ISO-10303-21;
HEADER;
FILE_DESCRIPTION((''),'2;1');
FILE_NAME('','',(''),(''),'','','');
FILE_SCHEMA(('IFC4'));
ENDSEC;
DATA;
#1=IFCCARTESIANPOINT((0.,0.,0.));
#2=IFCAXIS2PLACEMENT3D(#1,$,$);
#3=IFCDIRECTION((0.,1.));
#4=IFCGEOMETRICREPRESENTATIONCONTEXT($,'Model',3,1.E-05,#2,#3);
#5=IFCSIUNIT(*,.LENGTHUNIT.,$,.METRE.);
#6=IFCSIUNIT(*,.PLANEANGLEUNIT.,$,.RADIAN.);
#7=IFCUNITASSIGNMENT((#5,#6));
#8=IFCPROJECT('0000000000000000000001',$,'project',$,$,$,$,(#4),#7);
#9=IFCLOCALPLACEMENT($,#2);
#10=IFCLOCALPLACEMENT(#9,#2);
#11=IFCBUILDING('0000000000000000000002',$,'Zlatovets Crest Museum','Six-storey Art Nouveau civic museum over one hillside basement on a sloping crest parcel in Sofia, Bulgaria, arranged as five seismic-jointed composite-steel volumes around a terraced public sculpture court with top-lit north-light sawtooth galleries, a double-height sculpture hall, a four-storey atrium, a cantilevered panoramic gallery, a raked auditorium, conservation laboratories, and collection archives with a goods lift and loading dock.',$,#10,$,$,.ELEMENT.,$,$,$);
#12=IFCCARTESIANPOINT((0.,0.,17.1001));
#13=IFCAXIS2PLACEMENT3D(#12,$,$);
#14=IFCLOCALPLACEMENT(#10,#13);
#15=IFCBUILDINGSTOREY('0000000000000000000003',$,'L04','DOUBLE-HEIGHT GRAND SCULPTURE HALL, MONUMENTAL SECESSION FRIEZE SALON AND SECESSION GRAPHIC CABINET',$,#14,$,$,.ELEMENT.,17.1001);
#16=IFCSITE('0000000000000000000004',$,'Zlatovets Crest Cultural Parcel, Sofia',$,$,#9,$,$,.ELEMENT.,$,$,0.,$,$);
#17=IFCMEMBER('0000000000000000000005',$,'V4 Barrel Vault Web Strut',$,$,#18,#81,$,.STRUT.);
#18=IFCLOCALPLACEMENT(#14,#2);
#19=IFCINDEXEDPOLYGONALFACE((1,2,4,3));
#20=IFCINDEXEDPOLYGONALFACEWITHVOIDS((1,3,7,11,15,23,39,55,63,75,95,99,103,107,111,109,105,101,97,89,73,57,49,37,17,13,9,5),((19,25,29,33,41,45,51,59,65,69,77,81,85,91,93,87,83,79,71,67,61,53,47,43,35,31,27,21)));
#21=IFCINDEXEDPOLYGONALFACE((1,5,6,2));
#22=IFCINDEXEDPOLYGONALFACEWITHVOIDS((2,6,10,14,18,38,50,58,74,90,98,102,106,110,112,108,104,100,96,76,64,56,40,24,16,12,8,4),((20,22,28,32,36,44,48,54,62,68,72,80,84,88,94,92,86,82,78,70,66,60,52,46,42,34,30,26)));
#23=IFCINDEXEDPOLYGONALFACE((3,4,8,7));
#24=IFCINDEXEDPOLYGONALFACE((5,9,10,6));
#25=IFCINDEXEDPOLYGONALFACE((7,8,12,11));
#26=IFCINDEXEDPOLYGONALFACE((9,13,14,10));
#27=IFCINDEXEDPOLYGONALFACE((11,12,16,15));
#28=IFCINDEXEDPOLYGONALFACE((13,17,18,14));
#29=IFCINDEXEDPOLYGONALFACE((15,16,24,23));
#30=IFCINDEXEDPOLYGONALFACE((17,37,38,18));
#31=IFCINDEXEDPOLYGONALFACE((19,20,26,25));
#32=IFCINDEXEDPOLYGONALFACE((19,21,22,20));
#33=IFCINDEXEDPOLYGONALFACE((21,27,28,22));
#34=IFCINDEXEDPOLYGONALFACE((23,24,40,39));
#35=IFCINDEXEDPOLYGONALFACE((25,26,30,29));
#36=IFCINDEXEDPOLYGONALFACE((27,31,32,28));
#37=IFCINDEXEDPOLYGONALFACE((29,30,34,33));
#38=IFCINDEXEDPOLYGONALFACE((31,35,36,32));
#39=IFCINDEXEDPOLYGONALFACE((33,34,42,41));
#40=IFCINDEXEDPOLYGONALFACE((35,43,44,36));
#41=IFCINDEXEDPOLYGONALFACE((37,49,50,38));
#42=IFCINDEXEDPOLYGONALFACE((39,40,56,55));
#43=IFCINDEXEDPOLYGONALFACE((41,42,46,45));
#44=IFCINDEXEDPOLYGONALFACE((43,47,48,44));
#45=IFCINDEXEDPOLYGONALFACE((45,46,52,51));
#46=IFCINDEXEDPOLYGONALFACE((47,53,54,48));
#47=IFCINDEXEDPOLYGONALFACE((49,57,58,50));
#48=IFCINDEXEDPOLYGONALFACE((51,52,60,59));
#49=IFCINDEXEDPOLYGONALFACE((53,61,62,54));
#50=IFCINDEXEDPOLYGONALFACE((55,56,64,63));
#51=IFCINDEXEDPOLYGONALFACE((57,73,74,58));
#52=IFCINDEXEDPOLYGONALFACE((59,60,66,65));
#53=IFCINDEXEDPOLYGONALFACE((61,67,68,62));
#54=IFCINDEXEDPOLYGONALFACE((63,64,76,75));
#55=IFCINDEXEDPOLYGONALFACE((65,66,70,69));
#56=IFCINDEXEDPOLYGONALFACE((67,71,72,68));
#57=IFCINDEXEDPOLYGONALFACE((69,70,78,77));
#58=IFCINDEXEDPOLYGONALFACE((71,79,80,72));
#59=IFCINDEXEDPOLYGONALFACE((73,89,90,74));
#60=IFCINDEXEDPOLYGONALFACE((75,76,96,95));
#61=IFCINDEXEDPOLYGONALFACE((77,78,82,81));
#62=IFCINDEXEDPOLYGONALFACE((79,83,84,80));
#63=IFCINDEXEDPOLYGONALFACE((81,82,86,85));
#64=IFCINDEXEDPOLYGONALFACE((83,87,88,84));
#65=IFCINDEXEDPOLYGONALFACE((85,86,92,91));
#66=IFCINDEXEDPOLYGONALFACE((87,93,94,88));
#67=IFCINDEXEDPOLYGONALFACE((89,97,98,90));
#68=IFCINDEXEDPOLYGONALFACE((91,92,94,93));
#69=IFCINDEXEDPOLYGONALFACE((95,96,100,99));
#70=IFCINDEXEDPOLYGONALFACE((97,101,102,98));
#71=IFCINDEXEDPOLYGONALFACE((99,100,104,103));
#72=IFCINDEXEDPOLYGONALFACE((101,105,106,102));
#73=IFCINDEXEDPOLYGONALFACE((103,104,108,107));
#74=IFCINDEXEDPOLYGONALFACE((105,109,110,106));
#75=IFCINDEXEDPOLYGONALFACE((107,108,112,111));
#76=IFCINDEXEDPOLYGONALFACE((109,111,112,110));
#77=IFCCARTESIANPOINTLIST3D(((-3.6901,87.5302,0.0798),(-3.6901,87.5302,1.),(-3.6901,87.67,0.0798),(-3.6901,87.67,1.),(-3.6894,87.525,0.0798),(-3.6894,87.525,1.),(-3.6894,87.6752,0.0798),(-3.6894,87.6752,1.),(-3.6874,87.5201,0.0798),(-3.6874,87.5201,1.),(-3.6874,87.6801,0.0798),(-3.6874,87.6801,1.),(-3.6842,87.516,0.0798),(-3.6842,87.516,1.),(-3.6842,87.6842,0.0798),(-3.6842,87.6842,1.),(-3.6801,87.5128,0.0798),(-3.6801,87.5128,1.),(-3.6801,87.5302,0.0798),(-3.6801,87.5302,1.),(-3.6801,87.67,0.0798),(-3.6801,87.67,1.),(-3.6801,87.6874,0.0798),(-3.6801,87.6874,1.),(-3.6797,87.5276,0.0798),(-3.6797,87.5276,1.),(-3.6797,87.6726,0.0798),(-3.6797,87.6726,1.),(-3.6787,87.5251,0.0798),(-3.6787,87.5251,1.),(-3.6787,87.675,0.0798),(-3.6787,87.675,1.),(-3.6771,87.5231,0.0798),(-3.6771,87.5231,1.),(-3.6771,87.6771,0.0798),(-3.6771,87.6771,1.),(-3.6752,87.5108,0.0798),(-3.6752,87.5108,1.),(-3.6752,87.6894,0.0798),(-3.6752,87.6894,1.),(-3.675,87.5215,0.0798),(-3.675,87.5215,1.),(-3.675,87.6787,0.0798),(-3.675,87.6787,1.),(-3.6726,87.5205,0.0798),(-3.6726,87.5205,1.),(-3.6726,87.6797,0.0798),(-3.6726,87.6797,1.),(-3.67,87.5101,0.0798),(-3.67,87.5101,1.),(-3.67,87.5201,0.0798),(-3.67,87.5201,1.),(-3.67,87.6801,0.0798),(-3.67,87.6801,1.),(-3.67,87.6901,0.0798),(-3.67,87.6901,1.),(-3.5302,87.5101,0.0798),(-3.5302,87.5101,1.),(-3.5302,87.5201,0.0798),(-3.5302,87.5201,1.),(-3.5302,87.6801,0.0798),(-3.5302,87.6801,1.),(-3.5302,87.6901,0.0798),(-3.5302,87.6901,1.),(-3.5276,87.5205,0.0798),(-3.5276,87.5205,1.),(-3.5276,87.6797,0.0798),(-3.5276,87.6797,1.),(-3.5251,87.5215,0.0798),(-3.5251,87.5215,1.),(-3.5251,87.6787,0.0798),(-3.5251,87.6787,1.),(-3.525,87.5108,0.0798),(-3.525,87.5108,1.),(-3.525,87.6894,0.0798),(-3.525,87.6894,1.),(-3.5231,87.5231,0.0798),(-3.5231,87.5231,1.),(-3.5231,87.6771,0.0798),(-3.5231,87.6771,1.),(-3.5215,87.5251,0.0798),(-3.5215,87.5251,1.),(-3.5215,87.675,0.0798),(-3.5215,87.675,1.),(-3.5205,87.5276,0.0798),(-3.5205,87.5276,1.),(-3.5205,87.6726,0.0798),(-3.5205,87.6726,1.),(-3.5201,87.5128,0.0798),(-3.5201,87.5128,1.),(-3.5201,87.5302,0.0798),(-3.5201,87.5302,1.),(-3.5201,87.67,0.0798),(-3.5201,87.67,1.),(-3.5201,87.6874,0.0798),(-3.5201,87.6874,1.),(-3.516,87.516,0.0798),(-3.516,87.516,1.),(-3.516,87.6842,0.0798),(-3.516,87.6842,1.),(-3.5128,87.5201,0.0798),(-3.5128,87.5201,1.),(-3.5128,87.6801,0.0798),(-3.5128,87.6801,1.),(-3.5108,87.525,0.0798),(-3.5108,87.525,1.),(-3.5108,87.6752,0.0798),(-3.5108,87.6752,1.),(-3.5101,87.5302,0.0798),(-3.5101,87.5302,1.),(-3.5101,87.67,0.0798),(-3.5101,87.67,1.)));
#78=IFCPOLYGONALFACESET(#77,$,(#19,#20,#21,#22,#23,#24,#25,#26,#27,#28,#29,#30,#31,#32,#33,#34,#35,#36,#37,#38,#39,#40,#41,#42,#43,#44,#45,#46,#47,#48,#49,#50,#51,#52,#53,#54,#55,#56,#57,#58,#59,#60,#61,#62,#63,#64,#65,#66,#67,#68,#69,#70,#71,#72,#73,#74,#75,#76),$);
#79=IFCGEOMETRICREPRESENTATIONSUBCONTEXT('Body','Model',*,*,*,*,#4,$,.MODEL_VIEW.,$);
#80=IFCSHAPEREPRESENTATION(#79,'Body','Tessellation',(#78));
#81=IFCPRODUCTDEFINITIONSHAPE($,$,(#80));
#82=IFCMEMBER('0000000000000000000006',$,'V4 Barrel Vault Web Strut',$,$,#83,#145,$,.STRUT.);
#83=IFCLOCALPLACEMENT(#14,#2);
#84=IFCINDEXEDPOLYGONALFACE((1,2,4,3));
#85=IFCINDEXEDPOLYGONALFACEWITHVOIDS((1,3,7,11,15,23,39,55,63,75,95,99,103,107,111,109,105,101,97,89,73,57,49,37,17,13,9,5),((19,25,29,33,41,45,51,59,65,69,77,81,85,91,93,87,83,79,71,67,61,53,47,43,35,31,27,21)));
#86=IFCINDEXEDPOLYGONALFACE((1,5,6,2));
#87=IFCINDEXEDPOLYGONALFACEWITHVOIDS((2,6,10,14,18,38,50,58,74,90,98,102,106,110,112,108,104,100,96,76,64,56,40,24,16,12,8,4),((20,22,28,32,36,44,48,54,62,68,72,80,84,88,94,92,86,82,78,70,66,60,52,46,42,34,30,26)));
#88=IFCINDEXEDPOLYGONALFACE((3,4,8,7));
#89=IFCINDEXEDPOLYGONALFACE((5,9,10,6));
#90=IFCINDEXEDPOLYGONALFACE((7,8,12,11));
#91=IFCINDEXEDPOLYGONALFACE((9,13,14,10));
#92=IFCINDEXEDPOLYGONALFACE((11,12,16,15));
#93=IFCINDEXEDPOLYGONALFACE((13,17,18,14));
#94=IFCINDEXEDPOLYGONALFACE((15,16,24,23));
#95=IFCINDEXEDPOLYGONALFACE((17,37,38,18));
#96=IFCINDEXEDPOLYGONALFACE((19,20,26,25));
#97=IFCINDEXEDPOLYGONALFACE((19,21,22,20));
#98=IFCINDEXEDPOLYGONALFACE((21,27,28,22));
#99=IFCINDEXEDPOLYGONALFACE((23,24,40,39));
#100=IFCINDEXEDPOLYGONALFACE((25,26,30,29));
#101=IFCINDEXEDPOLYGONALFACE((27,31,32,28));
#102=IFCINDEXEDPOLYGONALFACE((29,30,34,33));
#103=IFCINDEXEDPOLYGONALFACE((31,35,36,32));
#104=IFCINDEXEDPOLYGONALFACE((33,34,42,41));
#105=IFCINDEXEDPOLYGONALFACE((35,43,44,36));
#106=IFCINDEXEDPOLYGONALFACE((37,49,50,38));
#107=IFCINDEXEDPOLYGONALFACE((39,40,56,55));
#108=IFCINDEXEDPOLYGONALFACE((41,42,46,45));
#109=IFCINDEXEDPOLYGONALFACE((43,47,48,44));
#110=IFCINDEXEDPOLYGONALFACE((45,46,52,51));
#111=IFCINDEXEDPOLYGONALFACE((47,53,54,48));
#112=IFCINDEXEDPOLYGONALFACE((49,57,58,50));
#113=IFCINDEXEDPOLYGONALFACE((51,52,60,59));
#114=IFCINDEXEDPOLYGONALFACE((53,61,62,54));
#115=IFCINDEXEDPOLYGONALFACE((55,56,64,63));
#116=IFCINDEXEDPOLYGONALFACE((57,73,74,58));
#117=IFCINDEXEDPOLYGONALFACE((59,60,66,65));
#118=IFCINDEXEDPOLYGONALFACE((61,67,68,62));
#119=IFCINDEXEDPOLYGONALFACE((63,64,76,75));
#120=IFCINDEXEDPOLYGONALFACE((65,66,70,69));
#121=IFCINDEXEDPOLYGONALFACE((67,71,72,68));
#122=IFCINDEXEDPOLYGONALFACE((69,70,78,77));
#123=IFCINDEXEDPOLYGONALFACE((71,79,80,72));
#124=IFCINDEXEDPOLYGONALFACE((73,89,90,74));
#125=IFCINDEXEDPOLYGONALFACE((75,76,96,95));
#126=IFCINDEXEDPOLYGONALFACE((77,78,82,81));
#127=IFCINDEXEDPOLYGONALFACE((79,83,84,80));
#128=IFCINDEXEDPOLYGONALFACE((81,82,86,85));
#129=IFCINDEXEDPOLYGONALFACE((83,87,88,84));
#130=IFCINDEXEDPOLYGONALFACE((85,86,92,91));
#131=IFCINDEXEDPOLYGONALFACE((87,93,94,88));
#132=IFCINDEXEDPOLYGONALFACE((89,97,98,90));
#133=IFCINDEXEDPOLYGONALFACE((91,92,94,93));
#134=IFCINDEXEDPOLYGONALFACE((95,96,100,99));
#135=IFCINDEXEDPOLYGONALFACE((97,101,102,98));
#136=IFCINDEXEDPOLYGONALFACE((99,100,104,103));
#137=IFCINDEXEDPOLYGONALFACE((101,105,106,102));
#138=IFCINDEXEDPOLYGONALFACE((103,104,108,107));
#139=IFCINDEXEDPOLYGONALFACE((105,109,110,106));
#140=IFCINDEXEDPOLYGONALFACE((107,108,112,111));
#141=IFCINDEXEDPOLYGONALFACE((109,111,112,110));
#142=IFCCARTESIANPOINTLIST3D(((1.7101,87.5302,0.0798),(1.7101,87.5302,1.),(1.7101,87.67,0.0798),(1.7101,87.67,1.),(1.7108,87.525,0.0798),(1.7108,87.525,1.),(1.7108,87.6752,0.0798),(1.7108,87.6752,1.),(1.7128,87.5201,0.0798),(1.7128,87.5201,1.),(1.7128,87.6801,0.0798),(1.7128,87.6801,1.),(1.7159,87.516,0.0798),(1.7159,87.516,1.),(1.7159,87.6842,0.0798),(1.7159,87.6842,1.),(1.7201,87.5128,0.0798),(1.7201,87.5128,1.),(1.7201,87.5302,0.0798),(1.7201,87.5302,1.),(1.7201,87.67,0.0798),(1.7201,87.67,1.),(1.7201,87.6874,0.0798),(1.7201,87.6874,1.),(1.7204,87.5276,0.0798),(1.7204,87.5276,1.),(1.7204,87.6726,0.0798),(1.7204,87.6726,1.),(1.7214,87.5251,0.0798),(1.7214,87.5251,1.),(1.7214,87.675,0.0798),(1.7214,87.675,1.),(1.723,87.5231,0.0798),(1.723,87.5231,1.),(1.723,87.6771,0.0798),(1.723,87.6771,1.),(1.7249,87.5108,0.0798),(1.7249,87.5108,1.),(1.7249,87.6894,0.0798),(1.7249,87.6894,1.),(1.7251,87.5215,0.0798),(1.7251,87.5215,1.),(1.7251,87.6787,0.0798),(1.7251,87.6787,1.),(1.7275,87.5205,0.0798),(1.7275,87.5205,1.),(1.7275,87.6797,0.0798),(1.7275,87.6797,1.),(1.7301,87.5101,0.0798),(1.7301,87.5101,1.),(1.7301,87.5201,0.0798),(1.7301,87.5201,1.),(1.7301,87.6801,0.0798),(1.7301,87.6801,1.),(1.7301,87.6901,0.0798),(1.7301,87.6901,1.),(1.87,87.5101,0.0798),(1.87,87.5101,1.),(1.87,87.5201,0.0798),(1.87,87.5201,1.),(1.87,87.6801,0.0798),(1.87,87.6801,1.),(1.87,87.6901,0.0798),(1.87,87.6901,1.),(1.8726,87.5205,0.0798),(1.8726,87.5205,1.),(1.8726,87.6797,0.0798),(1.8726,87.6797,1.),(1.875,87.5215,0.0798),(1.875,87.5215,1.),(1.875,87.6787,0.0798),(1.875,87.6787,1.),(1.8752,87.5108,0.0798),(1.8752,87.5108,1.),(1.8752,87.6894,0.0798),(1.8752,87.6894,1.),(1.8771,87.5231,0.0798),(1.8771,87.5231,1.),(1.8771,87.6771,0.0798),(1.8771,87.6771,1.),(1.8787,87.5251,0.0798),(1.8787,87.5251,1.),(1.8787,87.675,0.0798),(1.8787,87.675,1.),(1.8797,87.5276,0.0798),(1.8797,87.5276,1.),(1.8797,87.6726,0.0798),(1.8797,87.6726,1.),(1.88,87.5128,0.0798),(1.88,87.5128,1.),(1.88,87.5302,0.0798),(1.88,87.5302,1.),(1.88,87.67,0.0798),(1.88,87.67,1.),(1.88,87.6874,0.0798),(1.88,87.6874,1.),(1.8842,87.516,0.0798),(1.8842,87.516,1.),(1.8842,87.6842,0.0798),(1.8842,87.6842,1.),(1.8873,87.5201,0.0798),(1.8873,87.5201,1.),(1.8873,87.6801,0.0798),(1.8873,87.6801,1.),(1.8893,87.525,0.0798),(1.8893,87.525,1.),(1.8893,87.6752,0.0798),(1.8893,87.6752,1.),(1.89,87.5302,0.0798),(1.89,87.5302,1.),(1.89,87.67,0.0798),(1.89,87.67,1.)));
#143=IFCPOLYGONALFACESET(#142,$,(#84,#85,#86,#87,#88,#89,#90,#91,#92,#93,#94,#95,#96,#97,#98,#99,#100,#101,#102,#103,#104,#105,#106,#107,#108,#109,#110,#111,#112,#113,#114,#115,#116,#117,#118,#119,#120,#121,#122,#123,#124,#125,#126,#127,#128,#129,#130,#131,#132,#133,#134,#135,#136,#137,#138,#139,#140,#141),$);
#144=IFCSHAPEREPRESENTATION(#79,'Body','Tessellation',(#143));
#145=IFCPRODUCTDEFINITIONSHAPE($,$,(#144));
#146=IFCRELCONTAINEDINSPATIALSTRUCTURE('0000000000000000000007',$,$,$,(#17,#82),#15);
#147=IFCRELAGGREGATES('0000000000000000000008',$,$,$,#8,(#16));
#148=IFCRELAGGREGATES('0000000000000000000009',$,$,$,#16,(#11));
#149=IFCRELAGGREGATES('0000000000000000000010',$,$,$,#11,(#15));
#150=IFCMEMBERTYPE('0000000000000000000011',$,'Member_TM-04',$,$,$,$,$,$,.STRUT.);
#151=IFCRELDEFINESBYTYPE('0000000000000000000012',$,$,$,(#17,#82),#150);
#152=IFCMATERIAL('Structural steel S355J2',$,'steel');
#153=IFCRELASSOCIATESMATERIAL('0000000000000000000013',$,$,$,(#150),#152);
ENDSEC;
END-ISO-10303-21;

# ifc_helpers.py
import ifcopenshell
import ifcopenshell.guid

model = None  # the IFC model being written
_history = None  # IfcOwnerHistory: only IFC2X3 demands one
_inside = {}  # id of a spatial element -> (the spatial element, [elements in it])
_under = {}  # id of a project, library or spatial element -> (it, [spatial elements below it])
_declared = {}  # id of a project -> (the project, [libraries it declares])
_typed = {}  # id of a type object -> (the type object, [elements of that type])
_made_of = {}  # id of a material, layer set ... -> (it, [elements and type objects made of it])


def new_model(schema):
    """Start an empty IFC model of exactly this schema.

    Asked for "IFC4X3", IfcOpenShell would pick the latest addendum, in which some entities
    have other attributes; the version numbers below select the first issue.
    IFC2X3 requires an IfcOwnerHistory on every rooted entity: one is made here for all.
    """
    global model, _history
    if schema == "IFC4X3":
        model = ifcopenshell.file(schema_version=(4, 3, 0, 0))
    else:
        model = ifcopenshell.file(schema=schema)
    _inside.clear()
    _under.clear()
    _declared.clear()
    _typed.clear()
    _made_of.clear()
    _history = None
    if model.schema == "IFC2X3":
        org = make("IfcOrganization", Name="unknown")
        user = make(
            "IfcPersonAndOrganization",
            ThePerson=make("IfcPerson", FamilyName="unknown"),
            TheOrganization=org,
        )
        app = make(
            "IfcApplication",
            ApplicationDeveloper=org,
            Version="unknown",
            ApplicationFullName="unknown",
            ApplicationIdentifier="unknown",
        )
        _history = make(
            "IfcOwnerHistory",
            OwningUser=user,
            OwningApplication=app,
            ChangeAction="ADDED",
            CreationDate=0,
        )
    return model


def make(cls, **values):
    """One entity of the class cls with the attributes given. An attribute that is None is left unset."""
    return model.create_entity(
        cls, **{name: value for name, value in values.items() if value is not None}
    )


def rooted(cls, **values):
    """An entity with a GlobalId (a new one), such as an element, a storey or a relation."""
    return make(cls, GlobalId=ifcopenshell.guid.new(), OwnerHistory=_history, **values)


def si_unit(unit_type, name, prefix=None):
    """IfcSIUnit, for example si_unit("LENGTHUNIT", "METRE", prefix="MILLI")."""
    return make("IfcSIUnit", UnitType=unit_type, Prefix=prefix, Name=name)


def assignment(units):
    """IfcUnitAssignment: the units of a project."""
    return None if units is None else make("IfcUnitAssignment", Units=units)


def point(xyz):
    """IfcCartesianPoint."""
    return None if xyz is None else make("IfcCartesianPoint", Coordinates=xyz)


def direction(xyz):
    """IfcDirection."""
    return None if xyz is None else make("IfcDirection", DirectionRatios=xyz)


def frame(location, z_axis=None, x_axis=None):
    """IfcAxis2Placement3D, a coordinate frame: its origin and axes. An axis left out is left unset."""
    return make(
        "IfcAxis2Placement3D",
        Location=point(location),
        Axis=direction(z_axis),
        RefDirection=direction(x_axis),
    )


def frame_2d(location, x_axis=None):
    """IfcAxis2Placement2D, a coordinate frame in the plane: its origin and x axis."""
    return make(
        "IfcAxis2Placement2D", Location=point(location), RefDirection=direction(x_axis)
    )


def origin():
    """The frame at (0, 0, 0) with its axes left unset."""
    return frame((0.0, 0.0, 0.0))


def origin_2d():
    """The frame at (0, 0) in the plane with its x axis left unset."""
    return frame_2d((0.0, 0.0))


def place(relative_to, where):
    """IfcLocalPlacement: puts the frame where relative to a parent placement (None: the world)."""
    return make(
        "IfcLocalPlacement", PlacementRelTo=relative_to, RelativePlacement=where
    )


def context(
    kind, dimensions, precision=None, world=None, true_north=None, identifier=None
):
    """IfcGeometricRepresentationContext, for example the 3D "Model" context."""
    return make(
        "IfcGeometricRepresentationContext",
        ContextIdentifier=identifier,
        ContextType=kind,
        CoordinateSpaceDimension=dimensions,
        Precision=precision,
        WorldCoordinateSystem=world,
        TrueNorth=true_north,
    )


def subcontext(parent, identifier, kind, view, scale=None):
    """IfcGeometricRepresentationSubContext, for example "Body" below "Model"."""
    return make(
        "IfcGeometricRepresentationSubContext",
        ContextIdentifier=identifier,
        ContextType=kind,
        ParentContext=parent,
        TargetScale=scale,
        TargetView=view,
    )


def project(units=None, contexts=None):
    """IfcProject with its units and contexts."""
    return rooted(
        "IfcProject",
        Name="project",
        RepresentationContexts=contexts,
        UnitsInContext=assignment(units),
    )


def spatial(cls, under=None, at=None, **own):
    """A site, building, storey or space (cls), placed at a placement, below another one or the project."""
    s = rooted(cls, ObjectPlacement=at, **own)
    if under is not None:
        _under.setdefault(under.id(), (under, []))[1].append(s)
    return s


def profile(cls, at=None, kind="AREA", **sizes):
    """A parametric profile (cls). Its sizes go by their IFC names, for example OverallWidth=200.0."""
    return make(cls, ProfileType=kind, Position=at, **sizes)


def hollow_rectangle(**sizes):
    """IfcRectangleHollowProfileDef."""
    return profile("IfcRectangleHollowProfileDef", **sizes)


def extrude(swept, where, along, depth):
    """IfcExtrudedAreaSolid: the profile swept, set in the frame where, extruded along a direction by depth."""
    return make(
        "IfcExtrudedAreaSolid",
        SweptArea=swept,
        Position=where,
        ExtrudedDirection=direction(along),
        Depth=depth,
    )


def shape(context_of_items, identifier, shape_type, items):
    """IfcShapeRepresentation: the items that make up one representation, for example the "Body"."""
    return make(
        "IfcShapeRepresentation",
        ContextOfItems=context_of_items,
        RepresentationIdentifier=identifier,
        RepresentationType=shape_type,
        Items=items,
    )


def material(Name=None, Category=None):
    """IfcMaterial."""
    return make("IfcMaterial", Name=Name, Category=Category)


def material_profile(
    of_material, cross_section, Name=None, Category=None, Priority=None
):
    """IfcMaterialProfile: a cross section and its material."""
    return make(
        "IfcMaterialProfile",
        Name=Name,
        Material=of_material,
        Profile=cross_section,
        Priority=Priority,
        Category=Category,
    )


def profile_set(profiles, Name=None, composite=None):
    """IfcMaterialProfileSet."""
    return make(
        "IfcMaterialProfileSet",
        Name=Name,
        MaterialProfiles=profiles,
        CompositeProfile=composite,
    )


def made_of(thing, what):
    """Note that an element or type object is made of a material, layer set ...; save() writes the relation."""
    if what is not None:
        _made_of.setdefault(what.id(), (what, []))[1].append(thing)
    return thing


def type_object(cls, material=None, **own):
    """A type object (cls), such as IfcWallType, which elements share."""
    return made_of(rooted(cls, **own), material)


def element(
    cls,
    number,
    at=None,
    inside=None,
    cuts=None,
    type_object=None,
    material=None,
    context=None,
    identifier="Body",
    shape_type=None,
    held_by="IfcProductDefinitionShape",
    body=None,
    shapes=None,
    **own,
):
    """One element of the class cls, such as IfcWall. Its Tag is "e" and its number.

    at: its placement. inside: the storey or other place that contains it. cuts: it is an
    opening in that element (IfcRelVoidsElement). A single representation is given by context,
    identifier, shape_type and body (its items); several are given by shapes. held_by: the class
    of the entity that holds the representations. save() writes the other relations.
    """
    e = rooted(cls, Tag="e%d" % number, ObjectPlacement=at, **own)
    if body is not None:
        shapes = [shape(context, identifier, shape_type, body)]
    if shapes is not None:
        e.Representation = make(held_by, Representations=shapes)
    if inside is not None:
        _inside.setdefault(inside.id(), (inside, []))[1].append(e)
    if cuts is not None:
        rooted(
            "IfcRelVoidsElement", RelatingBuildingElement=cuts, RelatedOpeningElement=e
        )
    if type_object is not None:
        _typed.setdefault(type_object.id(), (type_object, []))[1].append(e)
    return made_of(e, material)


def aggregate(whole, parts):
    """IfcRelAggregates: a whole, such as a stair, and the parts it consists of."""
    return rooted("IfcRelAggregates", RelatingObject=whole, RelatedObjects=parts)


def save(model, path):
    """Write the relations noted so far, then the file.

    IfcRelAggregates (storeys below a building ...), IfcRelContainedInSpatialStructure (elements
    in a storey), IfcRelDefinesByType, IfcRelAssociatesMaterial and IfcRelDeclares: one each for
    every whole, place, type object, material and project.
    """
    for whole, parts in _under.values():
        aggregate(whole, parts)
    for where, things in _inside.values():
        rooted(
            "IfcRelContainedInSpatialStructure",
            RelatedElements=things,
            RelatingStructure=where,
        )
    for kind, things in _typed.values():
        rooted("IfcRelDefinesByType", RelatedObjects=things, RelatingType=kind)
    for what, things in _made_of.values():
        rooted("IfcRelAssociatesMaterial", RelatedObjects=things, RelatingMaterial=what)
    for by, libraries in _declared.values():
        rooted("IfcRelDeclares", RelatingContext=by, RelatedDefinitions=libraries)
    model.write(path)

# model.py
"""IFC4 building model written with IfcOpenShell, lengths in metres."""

from ifc_helpers import new_model, si_unit, direction, frame, origin, origin_2d, place, context, subcontext, project, spatial, hollow_rectangle, extrude, material, material_profile, profile_set, type_object, element, save


model = new_model("IFC4")

# Units and contexts
model_context = context("Model", 3, precision=1e-05, world=origin(), true_north=direction((0.0, 1.0)))
body_context = subcontext(model_context, "Body", "Model", "MODEL_VIEW")
ifc_project = project(units=[si_unit("LENGTHUNIT", "METRE"), si_unit("PLANEANGLEUNIT", "RADIAN")], contexts=[model_context])

# Site, building, storey
site_placement = place(None, origin())
site = spatial("IfcSite", under=ifc_project, at=site_placement, Name="Zlatovets Crest Cultural Parcel, Sofia", CompositionType="ELEMENT", RefElevation=0.0)
building_placement = place(site_placement, origin())
building = spatial("IfcBuilding", under=site, at=building_placement, Name="Zlatovets Crest Museum", Description="Six-storey Art Nouveau civic museum over one hillside basement on a sloping crest parcel in Sofia, Bulgaria, arranged as five seismic-jointed composite-steel volumes around a terraced public sculpture court with top-lit north-light sawtooth galleries, a double-height sculpture hall, a four-storey atrium, a cantilevered panoramic gallery, a raked auditorium, conservation laboratories, and collection archives with a goods lift and loading dock.", CompositionType="ELEMENT")
storey_placement = place(building_placement, frame((0.0, 0.0, 17.1001)))
storey = spatial("IfcBuildingStorey", under=building, at=storey_placement, Name="L04", Description="DOUBLE-HEIGHT GRAND SCULPTURE HALL, MONUMENTAL SECESSION FRIEZE SALON AND SECESSION GRAPHIC CABINET", CompositionType="ELEMENT", Elevation=17.1001)

# Shared definitions
ifc_material_1 = material(Name="Structural steel S355J2", Category="steel")

# Members
ifc_material_profile_1 = material_profile(ifc_material_1, hollow_rectangle(XDim=0.1799, YDim=0.1799, WallThickness=0.01, InnerFilletRadius=0.01, OuterFilletRadius=0.02, at=origin_2d()), Name="SHS 180x180x10.0")
ifc_profile_set_1 = profile_set([ifc_material_profile_1], Name="Structural steel S355J2")
member_type_1 = type_object("IfcMemberType", Name="Member_TM-04", PredefinedType="STRUT", material=ifc_profile_set_1)
for number, where, z_axis, x_axis, name in (
    (1, (-3.6001, 87.6001, 0.0798), (0.0, 0.0, 1.0), (1.0, 0.0, 0.0), "V4 Barrel Vault Web Strut"),
    (2, (1.8, 87.6001, 0.0798), (0.0, 0.0, 1.0), (1.0, 0.0, 0.0), "V4 Barrel Vault Web Strut"),
):
    element("IfcMember", number, at=place(storey_placement, frame(where, z_axis=z_axis, x_axis=x_axis)), inside=storey, type_object=member_type_1, Name=name, PredefinedType="STRUT", context=body_context, shape_type="SweptSolid", body=[
        extrude(hollow_rectangle(XDim=0.1799, YDim=0.1799, WallThickness=0.01, InnerFilletRadius=0.01, OuterFilletRadius=0.02, at=origin_2d()), origin(), (0.0, 0.0, 1.0), 0.9202),
    ])

save(model, "model.ifc")
